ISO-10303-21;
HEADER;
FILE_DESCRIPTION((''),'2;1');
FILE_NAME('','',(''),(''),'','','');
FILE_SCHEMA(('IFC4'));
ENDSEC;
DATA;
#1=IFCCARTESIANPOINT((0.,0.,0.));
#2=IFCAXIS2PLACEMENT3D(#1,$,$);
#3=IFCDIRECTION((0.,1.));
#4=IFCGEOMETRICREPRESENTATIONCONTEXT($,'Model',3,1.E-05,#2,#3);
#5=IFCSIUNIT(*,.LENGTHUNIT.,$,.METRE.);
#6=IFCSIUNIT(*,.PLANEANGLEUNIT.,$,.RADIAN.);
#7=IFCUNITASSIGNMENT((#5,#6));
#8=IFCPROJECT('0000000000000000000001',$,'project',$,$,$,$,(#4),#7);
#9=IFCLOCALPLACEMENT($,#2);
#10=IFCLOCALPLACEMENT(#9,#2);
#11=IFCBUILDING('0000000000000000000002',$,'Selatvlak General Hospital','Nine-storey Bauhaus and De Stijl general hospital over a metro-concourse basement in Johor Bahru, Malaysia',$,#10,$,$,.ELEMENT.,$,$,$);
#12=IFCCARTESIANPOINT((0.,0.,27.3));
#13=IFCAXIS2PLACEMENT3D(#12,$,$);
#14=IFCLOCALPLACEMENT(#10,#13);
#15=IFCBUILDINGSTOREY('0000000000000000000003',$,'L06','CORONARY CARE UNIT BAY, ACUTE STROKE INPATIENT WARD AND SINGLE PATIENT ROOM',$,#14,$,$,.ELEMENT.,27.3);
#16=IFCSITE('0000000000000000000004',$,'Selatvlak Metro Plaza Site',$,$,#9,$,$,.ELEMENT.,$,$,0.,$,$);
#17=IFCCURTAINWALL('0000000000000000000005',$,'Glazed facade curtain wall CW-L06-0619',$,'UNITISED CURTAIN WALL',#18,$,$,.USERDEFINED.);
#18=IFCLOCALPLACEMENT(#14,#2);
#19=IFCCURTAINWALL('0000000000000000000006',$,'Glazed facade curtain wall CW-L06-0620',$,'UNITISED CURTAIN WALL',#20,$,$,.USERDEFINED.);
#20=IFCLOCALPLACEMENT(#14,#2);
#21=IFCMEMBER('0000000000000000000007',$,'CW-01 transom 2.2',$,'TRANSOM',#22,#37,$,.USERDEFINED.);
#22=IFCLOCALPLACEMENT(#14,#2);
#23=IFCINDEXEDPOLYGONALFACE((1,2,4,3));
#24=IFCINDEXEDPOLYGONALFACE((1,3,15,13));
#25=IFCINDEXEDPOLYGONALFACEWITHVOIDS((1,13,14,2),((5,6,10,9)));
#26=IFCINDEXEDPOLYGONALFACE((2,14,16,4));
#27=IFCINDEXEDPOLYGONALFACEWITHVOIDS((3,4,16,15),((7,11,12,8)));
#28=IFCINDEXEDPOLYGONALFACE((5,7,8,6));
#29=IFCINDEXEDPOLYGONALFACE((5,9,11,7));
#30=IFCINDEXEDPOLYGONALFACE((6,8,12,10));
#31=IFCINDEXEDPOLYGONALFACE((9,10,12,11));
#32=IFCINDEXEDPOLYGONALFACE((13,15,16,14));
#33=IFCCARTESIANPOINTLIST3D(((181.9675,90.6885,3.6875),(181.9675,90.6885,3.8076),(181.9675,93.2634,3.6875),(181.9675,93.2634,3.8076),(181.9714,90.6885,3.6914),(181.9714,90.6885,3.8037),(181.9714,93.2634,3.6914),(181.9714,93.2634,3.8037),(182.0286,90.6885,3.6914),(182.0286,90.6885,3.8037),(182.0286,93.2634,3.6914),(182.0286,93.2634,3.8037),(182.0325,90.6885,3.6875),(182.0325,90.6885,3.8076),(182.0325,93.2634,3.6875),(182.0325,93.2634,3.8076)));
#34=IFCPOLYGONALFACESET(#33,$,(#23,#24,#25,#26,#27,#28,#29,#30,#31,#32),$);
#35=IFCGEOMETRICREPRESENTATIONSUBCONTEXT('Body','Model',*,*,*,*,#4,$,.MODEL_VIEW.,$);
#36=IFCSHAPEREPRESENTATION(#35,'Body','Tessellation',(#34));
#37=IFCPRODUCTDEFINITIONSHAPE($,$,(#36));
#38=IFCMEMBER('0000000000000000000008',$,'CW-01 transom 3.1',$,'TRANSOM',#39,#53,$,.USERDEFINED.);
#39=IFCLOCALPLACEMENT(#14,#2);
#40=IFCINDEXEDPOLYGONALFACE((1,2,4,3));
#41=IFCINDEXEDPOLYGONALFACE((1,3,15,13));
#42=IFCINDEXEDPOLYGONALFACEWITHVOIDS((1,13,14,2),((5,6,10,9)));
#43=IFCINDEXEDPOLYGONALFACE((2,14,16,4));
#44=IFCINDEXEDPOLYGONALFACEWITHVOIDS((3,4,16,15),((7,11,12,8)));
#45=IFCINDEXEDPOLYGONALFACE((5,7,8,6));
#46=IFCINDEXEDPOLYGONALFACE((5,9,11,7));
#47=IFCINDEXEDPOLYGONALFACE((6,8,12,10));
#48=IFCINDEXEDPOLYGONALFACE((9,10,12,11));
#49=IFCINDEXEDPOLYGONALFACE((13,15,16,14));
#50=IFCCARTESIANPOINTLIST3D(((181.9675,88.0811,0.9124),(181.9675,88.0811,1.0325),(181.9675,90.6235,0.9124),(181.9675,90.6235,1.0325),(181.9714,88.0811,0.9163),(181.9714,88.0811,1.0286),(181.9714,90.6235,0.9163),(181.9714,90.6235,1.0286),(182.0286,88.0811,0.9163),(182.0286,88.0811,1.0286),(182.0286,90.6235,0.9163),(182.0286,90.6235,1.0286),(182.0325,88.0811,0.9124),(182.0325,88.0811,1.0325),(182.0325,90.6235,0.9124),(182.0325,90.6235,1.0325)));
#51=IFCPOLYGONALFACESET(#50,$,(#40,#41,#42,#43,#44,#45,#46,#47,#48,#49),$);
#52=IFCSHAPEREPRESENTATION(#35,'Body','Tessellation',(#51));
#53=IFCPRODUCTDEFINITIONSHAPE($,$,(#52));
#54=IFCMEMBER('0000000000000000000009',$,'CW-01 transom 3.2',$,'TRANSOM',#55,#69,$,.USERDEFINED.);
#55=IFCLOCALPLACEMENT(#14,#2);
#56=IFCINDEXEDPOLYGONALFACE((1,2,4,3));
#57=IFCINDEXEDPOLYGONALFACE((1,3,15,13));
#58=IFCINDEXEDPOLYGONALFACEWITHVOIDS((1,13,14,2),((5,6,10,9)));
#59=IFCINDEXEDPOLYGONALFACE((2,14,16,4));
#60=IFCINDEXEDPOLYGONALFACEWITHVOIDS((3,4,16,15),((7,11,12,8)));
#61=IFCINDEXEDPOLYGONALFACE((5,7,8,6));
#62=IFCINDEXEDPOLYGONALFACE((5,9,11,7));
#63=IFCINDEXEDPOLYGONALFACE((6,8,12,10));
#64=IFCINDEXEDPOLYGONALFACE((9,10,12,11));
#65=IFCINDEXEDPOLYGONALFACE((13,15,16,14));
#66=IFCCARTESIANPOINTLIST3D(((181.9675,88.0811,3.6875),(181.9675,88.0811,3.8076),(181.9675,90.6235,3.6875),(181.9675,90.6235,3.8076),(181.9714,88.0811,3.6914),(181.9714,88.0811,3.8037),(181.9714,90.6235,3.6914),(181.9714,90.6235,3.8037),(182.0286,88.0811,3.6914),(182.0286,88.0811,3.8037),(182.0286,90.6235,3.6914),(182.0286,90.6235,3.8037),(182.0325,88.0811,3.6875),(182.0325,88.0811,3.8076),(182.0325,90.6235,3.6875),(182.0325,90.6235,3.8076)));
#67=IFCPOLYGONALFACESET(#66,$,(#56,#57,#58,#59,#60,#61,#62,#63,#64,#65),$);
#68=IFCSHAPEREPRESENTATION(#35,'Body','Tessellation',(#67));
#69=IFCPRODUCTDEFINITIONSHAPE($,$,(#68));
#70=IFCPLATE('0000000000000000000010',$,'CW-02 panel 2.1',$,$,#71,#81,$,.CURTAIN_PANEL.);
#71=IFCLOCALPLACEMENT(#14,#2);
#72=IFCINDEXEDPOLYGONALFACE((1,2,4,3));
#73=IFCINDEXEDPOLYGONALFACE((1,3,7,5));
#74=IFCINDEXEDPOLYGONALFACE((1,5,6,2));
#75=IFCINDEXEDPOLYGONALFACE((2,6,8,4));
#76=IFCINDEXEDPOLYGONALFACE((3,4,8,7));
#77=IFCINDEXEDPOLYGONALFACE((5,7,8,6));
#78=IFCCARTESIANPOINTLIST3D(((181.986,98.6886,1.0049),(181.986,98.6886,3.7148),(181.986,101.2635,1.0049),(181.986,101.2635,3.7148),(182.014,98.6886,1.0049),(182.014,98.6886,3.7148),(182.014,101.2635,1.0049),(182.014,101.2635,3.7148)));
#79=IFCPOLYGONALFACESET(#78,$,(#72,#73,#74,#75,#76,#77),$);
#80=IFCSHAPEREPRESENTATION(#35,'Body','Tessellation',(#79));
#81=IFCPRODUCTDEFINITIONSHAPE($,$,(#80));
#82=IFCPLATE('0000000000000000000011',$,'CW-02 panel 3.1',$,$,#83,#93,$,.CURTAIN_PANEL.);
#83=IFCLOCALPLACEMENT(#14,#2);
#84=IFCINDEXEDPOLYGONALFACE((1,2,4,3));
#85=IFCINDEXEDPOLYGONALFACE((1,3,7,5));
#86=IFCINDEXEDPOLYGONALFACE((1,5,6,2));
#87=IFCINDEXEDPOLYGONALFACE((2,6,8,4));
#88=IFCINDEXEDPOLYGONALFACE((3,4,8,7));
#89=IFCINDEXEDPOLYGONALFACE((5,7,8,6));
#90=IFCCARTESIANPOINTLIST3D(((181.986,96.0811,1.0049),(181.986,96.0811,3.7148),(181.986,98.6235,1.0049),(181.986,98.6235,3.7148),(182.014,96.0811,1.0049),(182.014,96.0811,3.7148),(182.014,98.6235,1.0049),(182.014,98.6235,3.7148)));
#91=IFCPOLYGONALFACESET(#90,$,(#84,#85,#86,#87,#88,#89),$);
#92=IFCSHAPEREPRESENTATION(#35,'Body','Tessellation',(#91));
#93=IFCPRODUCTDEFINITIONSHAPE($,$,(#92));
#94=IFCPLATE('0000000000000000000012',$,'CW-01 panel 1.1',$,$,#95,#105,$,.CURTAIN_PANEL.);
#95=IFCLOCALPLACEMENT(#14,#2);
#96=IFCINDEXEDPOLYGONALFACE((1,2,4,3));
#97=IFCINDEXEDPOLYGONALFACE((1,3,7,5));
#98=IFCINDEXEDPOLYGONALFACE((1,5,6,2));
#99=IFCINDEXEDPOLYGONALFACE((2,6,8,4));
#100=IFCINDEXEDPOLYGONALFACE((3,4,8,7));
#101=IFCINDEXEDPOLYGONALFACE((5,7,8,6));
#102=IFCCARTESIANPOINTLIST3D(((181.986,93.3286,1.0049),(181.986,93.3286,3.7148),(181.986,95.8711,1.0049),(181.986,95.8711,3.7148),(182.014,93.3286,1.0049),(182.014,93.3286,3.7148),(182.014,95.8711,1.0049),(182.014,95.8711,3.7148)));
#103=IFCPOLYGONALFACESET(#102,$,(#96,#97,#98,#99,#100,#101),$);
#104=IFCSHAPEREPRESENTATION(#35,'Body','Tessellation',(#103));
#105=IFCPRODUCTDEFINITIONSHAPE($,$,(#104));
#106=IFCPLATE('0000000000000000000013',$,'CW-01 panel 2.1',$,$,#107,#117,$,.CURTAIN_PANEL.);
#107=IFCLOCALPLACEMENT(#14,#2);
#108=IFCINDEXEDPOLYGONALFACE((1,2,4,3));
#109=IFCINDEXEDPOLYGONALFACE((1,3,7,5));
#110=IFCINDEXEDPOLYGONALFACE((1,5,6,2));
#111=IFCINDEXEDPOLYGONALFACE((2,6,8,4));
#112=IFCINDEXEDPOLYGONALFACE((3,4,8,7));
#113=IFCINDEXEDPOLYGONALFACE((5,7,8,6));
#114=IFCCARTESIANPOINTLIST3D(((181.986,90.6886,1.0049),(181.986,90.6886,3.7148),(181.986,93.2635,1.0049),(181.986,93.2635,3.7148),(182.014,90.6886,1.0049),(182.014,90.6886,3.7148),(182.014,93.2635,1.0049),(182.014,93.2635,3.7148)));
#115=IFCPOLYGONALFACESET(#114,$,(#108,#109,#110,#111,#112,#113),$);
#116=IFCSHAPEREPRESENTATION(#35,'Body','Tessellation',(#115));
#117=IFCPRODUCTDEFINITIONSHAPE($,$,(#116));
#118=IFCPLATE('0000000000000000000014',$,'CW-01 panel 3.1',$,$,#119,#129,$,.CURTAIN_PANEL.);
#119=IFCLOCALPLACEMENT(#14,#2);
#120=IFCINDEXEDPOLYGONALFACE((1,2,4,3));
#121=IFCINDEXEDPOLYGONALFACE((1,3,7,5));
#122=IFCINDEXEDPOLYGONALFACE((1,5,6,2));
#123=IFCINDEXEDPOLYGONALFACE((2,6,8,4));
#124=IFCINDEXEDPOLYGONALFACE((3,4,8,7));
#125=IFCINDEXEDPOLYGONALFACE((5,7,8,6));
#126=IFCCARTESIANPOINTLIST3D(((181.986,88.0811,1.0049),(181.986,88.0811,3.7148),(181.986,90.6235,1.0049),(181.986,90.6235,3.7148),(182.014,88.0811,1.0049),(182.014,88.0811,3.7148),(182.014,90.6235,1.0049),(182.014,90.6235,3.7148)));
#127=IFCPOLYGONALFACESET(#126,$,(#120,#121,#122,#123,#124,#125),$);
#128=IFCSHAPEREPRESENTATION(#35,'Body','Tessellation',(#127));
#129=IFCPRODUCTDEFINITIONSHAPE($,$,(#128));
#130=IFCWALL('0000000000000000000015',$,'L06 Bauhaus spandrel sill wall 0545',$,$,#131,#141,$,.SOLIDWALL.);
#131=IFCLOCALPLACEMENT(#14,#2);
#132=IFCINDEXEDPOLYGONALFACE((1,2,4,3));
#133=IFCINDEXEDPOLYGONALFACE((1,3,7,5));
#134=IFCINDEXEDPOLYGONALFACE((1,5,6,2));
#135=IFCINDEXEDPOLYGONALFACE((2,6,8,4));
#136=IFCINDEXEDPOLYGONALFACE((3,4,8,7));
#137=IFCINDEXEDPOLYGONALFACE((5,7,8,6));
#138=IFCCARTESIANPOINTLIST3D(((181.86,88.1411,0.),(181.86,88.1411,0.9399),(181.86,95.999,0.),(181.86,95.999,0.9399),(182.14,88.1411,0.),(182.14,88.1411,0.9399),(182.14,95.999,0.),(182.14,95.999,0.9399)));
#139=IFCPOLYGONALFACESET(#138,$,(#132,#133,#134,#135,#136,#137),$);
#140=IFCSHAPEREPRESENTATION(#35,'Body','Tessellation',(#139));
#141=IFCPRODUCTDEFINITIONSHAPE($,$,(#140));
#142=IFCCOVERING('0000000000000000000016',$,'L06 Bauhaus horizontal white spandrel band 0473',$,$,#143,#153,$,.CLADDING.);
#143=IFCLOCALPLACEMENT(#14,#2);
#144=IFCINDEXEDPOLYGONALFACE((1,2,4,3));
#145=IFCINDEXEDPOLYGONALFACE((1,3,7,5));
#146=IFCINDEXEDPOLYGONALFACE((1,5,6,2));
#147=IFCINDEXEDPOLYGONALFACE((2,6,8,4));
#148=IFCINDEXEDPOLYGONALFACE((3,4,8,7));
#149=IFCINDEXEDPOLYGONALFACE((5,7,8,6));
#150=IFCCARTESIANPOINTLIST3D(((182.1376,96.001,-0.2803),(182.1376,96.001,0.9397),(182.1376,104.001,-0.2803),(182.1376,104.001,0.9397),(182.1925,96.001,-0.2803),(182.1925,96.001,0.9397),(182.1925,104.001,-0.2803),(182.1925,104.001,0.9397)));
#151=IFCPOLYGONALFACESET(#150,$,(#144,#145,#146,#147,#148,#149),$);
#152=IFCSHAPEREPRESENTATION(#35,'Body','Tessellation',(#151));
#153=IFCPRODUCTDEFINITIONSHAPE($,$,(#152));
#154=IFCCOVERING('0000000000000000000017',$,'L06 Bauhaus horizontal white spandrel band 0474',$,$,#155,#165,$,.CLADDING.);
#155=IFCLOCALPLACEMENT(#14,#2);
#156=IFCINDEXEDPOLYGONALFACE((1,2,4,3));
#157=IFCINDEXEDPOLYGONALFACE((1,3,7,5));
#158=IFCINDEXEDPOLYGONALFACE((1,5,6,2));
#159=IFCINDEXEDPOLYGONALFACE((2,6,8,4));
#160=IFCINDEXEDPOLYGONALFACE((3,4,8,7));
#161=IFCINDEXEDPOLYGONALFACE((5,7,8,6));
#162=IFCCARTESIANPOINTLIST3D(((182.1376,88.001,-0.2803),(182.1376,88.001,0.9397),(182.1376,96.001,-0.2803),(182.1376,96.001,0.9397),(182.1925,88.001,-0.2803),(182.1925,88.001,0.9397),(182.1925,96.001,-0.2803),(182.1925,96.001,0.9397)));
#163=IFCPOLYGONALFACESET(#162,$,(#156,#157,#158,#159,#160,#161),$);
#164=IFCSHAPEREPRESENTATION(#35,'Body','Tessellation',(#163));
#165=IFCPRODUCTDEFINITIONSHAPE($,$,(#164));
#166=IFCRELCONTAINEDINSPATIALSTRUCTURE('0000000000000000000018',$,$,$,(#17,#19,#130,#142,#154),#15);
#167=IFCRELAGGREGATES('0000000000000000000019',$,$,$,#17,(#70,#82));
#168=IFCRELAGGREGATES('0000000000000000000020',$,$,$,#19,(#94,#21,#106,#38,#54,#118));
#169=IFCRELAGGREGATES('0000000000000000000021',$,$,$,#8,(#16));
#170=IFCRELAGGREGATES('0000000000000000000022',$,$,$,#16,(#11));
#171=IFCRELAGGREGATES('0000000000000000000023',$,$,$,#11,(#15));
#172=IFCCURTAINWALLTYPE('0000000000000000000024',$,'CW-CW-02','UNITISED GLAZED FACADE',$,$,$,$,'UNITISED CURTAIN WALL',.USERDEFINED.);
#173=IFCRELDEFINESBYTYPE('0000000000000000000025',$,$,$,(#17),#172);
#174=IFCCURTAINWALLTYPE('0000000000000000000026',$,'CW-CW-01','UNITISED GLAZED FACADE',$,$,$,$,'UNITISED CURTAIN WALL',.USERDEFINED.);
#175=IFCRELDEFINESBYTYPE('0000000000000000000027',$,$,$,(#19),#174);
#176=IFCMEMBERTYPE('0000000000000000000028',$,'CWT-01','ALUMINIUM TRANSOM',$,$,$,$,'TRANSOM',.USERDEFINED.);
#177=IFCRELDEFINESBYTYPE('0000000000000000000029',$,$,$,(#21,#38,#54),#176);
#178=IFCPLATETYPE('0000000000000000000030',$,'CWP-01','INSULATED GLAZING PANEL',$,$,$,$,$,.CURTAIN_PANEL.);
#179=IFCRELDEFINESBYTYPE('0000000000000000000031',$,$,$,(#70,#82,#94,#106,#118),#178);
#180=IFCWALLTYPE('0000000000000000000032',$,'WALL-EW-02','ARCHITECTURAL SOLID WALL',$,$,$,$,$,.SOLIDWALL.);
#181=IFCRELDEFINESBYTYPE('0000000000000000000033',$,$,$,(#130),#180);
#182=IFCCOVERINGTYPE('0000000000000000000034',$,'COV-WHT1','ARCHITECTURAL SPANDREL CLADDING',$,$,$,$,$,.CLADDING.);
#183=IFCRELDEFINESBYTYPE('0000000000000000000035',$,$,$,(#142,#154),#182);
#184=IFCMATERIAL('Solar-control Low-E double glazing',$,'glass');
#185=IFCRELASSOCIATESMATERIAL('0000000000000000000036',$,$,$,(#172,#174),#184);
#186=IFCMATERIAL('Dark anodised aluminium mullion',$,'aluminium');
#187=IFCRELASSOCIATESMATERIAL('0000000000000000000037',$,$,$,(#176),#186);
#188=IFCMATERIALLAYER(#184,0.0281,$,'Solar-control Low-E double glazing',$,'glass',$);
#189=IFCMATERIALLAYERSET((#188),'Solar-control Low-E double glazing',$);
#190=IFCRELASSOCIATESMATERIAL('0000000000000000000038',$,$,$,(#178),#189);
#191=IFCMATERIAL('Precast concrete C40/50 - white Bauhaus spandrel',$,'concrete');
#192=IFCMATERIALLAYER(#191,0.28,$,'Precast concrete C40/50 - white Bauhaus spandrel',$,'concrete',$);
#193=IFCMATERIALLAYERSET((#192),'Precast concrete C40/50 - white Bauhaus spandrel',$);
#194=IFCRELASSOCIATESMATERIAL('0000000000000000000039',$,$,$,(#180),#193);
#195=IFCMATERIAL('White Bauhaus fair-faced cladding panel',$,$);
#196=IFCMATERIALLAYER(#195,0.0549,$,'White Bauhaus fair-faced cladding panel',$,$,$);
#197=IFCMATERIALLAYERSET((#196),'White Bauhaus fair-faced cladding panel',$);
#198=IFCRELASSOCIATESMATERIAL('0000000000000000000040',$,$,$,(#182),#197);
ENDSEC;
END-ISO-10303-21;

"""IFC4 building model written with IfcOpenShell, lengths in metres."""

from ifc_helpers import new_model, si_unit, direction, frame, frame_2d, origin, origin_2d, place, context, subcontext, project, spatial, rectangle, hollow_rectangle, extrude, material, layer, layer_set, material_profile, profile_set, type_object, element, aggregate, save


model = new_model("IFC4")

# Units and contexts
model_context = context("Model", 3, precision=1e-05, world=origin(), true_north=direction((0.0, 1.0)))
body_context = subcontext(model_context, "Body", "Model", "MODEL_VIEW")
ifc_project = project(units=[si_unit("LENGTHUNIT", "METRE"), si_unit("PLANEANGLEUNIT", "RADIAN")], contexts=[model_context])

# Site, building, storey
site_placement = place(None, origin())
site = spatial("IfcSite", under=ifc_project, at=site_placement, Name="Selatvlak Metro Plaza Site", CompositionType="ELEMENT", RefElevation=0.0)
building_placement = place(site_placement, origin())
building = spatial("IfcBuilding", under=site, at=building_placement, Name="Selatvlak General Hospital", Description="Nine-storey Bauhaus and De Stijl general hospital over a metro-concourse basement in Johor Bahru, Malaysia", CompositionType="ELEMENT")
storey_placement = place(building_placement, frame((0.0, 0.0, 27.3)))
storey = spatial("IfcBuildingStorey", under=building, at=storey_placement, Name="L06", Description="CORONARY CARE UNIT BAY, ACUTE STROKE INPATIENT WARD AND SINGLE PATIENT ROOM", CompositionType="ELEMENT", Elevation=27.3)

# Curtain walls
ifc_material_1 = material(Name="Solar-control Low-E double glazing", Category="glass")
curtain_wall_type_1 = type_object("IfcCurtainWallType", Name="CW-CW-02", Description="UNITISED GLAZED FACADE", ElementType="UNITISED CURTAIN WALL", PredefinedType="USERDEFINED", material=ifc_material_1)
curtain_wall_1_placement = place(storey_placement, origin())
curtain_wall_1 = element("IfcCurtainWall", 1, at=curtain_wall_1_placement, inside=storey, type_object=curtain_wall_type_1, Name="Glazed facade curtain wall CW-L06-0619", ObjectType="UNITISED CURTAIN WALL", PredefinedType="USERDEFINED")
ifc_material_2 = material(Name="Dark anodised aluminium mullion", Category="aluminium")
curtain_wall_type_2 = type_object("IfcCurtainWallType", Name="CW-CW-01", Description="UNITISED GLAZED FACADE", ElementType="UNITISED CURTAIN WALL", PredefinedType="USERDEFINED", material=ifc_material_1)
curtain_wall_2_placement = place(storey_placement, origin())
curtain_wall_2 = element("IfcCurtainWall", 2, at=curtain_wall_2_placement, inside=storey, type_object=curtain_wall_type_2, Name="Glazed facade curtain wall CW-L06-0620", ObjectType="UNITISED CURTAIN WALL", PredefinedType="USERDEFINED")

# Members
ifc_material_profile_1 = material_profile(ifc_material_2, hollow_rectangle(XDim=0.0649, YDim=0.1201, WallThickness=0.0039, at=origin_2d()), Name="AL-TRN 65x120x4")
ifc_profile_set_1 = profile_set([ifc_material_profile_1], Name="Dark anodised aluminium mullion")
member_type_1 = type_object("IfcMemberType", Name="CWT-01", Description="ALUMINIUM TRANSOM", ElementType="TRANSOM", PredefinedType="USERDEFINED", material=ifc_profile_set_1)
member_1_placement = place(storey_placement, frame((182.0, 93.2634, 3.7476), z_axis=(0.0, -1.0, 0.0), x_axis=(1.0, 0.0, 0.0)))
member_1 = element("IfcMember", 3, at=member_1_placement, type_object=member_type_1, Name="CW-01 transom 2.2", ObjectType="TRANSOM", PredefinedType="USERDEFINED", context=body_context, shape_type="SweptSolid", body=[
    extrude(hollow_rectangle(XDim=0.0649, YDim=0.1201, WallThickness=0.0039, at=origin_2d()), origin(), (0.0, 0.0, 1.0), 2.575),
])
member_2_placement = place(storey_placement, frame((182.0, 90.6235, 0.9724), z_axis=(0.0, -1.0, 0.0), x_axis=(1.0, 0.0, 0.0)))
member_2 = element("IfcMember", 4, at=member_2_placement, type_object=member_type_1, Name="CW-01 transom 3.1", ObjectType="TRANSOM", PredefinedType="USERDEFINED", context=body_context, shape_type="SweptSolid", body=[
    extrude(hollow_rectangle(XDim=0.0649, YDim=0.1201, WallThickness=0.0039, at=origin_2d()), origin(), (0.0, 0.0, 1.0), 2.5425),
])
member_3_placement = place(storey_placement, frame((182.0, 90.6235, 3.7476), z_axis=(0.0, -1.0, 0.0), x_axis=(1.0, 0.0, 0.0)))
member_3 = element("IfcMember", 5, at=member_3_placement, type_object=member_type_1, Name="CW-01 transom 3.2", ObjectType="TRANSOM", PredefinedType="USERDEFINED", context=body_context, shape_type="SweptSolid", body=[
    extrude(hollow_rectangle(XDim=0.0649, YDim=0.1201, WallThickness=0.0039, at=origin_2d()), origin(), (0.0, 0.0, 1.0), 2.5425),
])

# Plates
ifc_layer_1 = layer(ifc_material_1, 0.0281, Name="Solar-control Low-E double glazing", Category="glass")
ifc_layer_set_1 = layer_set([ifc_layer_1], Name="Solar-control Low-E double glazing")
plate_type = type_object("IfcPlateType", Name="CWP-01", Description="INSULATED GLAZING PANEL", PredefinedType="CURTAIN_PANEL", material=ifc_layer_set_1)
plate_1_placement = place(storey_placement, frame((182.0, 99.9761, 1.0049), z_axis=(0.0, 0.0, 1.0), x_axis=(0.0, -1.0, 0.0)))
plate_1 = element("IfcPlate", 6, at=plate_1_placement, type_object=plate_type, Name="CW-02 panel 2.1", PredefinedType="CURTAIN_PANEL", context=body_context, shape_type="SweptSolid", body=[
    extrude(rectangle(XDim=2.575, YDim=0.0281, at=origin_2d()), origin(), (0.0, 0.0, 1.0), 2.71),
])
plate_2_placement = place(storey_placement, frame((182.0, 97.3523, 1.0049), z_axis=(0.0, 0.0, 1.0), x_axis=(0.0, -1.0, 0.0)))
plate_2 = element("IfcPlate", 7, at=plate_2_placement, type_object=plate_type, Name="CW-02 panel 3.1", PredefinedType="CURTAIN_PANEL", context=body_context, shape_type="SweptSolid", body=[
    extrude(rectangle(XDim=2.5425, YDim=0.0281, at=origin_2d()), origin(), (0.0, 0.0, 1.0), 2.71),
])
aggregate(curtain_wall_1, [plate_1, plate_2])
plate_3_placement = place(storey_placement, frame((182.0, 94.5999, 1.0049), z_axis=(0.0, 0.0, 1.0), x_axis=(0.0, -1.0, 0.0)))
plate_3 = element("IfcPlate", 8, at=plate_3_placement, type_object=plate_type, Name="CW-01 panel 1.1", PredefinedType="CURTAIN_PANEL", context=body_context, shape_type="SweptSolid", body=[
    extrude(rectangle(XDim=2.5425, YDim=0.0281, at=origin_2d()), origin(), (0.0, 0.0, 1.0), 2.71),
])
plate_4_placement = place(storey_placement, frame((182.0, 91.9761, 1.0049), z_axis=(0.0, 0.0, 1.0), x_axis=(0.0, -1.0, 0.0)))
plate_4 = element("IfcPlate", 9, at=plate_4_placement, type_object=plate_type, Name="CW-01 panel 2.1", PredefinedType="CURTAIN_PANEL", context=body_context, shape_type="SweptSolid", body=[
    extrude(rectangle(XDim=2.575, YDim=0.0281, at=origin_2d()), origin(), (0.0, 0.0, 1.0), 2.71),
])
plate_5_placement = place(storey_placement, frame((182.0, 89.3523, 1.0049), z_axis=(0.0, 0.0, 1.0), x_axis=(0.0, -1.0, 0.0)))
plate_5 = element("IfcPlate", 10, at=plate_5_placement, type_object=plate_type, Name="CW-01 panel 3.1", PredefinedType="CURTAIN_PANEL", context=body_context, shape_type="SweptSolid", body=[
    extrude(rectangle(XDim=2.5425, YDim=0.0281, at=origin_2d()), origin(), (0.0, 0.0, 1.0), 2.71),
])
aggregate(curtain_wall_2, [plate_3, member_1, plate_4, member_2, member_3, plate_5])

# Wall
ifc_material_3 = material(Name="Precast concrete C40/50 - white Bauhaus spandrel", Category="concrete")
ifc_layer_2 = layer(ifc_material_3, 0.28, Name="Precast concrete C40/50 - white Bauhaus spandrel", Category="concrete")
ifc_layer_set_2 = layer_set([ifc_layer_2], Name="Precast concrete C40/50 - white Bauhaus spandrel")
wall_type = type_object("IfcWallType", Name="WALL-EW-02", Description="ARCHITECTURAL SOLID WALL", PredefinedType="SOLIDWALL", material=ifc_layer_set_2)
wall_placement = place(storey_placement, frame((182.0, 95.999, 0.0), z_axis=(0.0, 0.0, 1.0), x_axis=(0.0, -1.0, 0.0)))
element("IfcWall", 11, at=wall_placement, inside=storey, type_object=wall_type, Name="L06 Bauhaus spandrel sill wall 0545", PredefinedType="SOLIDWALL", context=body_context, shape_type="SweptSolid", body=[
    extrude(rectangle(XDim=7.8579, YDim=0.28, at=frame_2d((3.929, 0.0))), origin(), (0.0, 0.0, 1.0), 0.9399),
])

# Coverings
ifc_material_4 = material(Name="White Bauhaus fair-faced cladding panel")
ifc_layer_3 = layer(ifc_material_4, 0.0549, Name="White Bauhaus fair-faced cladding panel")
ifc_layer_set_3 = layer_set([ifc_layer_3], Name="White Bauhaus fair-faced cladding panel")
covering_type = type_object("IfcCoveringType", Name="COV-WHT1", Description="ARCHITECTURAL SPANDREL CLADDING", PredefinedType="CLADDING", material=ifc_layer_set_3)
for number, where, z_axis, x_axis, name in (
    (12, (182.165, 100.001, -0.2803), (0.0, 0.0, 1.0), (0.0, -1.0, 0.0), "L06 Bauhaus horizontal white spandrel band 0473"),
    (13, (182.165, 92.001, -0.2803), (0.0, 0.0, 1.0), (0.0, -1.0, 0.0), "L06 Bauhaus horizontal white spandrel band 0474"),
):
    element("IfcCovering", number, at=place(storey_placement, frame(where, z_axis=z_axis, x_axis=x_axis)), inside=storey, type_object=covering_type, Name=name, PredefinedType="CLADDING", context=body_context, shape_type="SweptSolid", body=[
        extrude(rectangle(XDim=8.0, YDim=0.0549, at=origin_2d()), origin(), (0.0, 0.0, 1.0), 1.22),
    ])

save(model, "model.ifc")
